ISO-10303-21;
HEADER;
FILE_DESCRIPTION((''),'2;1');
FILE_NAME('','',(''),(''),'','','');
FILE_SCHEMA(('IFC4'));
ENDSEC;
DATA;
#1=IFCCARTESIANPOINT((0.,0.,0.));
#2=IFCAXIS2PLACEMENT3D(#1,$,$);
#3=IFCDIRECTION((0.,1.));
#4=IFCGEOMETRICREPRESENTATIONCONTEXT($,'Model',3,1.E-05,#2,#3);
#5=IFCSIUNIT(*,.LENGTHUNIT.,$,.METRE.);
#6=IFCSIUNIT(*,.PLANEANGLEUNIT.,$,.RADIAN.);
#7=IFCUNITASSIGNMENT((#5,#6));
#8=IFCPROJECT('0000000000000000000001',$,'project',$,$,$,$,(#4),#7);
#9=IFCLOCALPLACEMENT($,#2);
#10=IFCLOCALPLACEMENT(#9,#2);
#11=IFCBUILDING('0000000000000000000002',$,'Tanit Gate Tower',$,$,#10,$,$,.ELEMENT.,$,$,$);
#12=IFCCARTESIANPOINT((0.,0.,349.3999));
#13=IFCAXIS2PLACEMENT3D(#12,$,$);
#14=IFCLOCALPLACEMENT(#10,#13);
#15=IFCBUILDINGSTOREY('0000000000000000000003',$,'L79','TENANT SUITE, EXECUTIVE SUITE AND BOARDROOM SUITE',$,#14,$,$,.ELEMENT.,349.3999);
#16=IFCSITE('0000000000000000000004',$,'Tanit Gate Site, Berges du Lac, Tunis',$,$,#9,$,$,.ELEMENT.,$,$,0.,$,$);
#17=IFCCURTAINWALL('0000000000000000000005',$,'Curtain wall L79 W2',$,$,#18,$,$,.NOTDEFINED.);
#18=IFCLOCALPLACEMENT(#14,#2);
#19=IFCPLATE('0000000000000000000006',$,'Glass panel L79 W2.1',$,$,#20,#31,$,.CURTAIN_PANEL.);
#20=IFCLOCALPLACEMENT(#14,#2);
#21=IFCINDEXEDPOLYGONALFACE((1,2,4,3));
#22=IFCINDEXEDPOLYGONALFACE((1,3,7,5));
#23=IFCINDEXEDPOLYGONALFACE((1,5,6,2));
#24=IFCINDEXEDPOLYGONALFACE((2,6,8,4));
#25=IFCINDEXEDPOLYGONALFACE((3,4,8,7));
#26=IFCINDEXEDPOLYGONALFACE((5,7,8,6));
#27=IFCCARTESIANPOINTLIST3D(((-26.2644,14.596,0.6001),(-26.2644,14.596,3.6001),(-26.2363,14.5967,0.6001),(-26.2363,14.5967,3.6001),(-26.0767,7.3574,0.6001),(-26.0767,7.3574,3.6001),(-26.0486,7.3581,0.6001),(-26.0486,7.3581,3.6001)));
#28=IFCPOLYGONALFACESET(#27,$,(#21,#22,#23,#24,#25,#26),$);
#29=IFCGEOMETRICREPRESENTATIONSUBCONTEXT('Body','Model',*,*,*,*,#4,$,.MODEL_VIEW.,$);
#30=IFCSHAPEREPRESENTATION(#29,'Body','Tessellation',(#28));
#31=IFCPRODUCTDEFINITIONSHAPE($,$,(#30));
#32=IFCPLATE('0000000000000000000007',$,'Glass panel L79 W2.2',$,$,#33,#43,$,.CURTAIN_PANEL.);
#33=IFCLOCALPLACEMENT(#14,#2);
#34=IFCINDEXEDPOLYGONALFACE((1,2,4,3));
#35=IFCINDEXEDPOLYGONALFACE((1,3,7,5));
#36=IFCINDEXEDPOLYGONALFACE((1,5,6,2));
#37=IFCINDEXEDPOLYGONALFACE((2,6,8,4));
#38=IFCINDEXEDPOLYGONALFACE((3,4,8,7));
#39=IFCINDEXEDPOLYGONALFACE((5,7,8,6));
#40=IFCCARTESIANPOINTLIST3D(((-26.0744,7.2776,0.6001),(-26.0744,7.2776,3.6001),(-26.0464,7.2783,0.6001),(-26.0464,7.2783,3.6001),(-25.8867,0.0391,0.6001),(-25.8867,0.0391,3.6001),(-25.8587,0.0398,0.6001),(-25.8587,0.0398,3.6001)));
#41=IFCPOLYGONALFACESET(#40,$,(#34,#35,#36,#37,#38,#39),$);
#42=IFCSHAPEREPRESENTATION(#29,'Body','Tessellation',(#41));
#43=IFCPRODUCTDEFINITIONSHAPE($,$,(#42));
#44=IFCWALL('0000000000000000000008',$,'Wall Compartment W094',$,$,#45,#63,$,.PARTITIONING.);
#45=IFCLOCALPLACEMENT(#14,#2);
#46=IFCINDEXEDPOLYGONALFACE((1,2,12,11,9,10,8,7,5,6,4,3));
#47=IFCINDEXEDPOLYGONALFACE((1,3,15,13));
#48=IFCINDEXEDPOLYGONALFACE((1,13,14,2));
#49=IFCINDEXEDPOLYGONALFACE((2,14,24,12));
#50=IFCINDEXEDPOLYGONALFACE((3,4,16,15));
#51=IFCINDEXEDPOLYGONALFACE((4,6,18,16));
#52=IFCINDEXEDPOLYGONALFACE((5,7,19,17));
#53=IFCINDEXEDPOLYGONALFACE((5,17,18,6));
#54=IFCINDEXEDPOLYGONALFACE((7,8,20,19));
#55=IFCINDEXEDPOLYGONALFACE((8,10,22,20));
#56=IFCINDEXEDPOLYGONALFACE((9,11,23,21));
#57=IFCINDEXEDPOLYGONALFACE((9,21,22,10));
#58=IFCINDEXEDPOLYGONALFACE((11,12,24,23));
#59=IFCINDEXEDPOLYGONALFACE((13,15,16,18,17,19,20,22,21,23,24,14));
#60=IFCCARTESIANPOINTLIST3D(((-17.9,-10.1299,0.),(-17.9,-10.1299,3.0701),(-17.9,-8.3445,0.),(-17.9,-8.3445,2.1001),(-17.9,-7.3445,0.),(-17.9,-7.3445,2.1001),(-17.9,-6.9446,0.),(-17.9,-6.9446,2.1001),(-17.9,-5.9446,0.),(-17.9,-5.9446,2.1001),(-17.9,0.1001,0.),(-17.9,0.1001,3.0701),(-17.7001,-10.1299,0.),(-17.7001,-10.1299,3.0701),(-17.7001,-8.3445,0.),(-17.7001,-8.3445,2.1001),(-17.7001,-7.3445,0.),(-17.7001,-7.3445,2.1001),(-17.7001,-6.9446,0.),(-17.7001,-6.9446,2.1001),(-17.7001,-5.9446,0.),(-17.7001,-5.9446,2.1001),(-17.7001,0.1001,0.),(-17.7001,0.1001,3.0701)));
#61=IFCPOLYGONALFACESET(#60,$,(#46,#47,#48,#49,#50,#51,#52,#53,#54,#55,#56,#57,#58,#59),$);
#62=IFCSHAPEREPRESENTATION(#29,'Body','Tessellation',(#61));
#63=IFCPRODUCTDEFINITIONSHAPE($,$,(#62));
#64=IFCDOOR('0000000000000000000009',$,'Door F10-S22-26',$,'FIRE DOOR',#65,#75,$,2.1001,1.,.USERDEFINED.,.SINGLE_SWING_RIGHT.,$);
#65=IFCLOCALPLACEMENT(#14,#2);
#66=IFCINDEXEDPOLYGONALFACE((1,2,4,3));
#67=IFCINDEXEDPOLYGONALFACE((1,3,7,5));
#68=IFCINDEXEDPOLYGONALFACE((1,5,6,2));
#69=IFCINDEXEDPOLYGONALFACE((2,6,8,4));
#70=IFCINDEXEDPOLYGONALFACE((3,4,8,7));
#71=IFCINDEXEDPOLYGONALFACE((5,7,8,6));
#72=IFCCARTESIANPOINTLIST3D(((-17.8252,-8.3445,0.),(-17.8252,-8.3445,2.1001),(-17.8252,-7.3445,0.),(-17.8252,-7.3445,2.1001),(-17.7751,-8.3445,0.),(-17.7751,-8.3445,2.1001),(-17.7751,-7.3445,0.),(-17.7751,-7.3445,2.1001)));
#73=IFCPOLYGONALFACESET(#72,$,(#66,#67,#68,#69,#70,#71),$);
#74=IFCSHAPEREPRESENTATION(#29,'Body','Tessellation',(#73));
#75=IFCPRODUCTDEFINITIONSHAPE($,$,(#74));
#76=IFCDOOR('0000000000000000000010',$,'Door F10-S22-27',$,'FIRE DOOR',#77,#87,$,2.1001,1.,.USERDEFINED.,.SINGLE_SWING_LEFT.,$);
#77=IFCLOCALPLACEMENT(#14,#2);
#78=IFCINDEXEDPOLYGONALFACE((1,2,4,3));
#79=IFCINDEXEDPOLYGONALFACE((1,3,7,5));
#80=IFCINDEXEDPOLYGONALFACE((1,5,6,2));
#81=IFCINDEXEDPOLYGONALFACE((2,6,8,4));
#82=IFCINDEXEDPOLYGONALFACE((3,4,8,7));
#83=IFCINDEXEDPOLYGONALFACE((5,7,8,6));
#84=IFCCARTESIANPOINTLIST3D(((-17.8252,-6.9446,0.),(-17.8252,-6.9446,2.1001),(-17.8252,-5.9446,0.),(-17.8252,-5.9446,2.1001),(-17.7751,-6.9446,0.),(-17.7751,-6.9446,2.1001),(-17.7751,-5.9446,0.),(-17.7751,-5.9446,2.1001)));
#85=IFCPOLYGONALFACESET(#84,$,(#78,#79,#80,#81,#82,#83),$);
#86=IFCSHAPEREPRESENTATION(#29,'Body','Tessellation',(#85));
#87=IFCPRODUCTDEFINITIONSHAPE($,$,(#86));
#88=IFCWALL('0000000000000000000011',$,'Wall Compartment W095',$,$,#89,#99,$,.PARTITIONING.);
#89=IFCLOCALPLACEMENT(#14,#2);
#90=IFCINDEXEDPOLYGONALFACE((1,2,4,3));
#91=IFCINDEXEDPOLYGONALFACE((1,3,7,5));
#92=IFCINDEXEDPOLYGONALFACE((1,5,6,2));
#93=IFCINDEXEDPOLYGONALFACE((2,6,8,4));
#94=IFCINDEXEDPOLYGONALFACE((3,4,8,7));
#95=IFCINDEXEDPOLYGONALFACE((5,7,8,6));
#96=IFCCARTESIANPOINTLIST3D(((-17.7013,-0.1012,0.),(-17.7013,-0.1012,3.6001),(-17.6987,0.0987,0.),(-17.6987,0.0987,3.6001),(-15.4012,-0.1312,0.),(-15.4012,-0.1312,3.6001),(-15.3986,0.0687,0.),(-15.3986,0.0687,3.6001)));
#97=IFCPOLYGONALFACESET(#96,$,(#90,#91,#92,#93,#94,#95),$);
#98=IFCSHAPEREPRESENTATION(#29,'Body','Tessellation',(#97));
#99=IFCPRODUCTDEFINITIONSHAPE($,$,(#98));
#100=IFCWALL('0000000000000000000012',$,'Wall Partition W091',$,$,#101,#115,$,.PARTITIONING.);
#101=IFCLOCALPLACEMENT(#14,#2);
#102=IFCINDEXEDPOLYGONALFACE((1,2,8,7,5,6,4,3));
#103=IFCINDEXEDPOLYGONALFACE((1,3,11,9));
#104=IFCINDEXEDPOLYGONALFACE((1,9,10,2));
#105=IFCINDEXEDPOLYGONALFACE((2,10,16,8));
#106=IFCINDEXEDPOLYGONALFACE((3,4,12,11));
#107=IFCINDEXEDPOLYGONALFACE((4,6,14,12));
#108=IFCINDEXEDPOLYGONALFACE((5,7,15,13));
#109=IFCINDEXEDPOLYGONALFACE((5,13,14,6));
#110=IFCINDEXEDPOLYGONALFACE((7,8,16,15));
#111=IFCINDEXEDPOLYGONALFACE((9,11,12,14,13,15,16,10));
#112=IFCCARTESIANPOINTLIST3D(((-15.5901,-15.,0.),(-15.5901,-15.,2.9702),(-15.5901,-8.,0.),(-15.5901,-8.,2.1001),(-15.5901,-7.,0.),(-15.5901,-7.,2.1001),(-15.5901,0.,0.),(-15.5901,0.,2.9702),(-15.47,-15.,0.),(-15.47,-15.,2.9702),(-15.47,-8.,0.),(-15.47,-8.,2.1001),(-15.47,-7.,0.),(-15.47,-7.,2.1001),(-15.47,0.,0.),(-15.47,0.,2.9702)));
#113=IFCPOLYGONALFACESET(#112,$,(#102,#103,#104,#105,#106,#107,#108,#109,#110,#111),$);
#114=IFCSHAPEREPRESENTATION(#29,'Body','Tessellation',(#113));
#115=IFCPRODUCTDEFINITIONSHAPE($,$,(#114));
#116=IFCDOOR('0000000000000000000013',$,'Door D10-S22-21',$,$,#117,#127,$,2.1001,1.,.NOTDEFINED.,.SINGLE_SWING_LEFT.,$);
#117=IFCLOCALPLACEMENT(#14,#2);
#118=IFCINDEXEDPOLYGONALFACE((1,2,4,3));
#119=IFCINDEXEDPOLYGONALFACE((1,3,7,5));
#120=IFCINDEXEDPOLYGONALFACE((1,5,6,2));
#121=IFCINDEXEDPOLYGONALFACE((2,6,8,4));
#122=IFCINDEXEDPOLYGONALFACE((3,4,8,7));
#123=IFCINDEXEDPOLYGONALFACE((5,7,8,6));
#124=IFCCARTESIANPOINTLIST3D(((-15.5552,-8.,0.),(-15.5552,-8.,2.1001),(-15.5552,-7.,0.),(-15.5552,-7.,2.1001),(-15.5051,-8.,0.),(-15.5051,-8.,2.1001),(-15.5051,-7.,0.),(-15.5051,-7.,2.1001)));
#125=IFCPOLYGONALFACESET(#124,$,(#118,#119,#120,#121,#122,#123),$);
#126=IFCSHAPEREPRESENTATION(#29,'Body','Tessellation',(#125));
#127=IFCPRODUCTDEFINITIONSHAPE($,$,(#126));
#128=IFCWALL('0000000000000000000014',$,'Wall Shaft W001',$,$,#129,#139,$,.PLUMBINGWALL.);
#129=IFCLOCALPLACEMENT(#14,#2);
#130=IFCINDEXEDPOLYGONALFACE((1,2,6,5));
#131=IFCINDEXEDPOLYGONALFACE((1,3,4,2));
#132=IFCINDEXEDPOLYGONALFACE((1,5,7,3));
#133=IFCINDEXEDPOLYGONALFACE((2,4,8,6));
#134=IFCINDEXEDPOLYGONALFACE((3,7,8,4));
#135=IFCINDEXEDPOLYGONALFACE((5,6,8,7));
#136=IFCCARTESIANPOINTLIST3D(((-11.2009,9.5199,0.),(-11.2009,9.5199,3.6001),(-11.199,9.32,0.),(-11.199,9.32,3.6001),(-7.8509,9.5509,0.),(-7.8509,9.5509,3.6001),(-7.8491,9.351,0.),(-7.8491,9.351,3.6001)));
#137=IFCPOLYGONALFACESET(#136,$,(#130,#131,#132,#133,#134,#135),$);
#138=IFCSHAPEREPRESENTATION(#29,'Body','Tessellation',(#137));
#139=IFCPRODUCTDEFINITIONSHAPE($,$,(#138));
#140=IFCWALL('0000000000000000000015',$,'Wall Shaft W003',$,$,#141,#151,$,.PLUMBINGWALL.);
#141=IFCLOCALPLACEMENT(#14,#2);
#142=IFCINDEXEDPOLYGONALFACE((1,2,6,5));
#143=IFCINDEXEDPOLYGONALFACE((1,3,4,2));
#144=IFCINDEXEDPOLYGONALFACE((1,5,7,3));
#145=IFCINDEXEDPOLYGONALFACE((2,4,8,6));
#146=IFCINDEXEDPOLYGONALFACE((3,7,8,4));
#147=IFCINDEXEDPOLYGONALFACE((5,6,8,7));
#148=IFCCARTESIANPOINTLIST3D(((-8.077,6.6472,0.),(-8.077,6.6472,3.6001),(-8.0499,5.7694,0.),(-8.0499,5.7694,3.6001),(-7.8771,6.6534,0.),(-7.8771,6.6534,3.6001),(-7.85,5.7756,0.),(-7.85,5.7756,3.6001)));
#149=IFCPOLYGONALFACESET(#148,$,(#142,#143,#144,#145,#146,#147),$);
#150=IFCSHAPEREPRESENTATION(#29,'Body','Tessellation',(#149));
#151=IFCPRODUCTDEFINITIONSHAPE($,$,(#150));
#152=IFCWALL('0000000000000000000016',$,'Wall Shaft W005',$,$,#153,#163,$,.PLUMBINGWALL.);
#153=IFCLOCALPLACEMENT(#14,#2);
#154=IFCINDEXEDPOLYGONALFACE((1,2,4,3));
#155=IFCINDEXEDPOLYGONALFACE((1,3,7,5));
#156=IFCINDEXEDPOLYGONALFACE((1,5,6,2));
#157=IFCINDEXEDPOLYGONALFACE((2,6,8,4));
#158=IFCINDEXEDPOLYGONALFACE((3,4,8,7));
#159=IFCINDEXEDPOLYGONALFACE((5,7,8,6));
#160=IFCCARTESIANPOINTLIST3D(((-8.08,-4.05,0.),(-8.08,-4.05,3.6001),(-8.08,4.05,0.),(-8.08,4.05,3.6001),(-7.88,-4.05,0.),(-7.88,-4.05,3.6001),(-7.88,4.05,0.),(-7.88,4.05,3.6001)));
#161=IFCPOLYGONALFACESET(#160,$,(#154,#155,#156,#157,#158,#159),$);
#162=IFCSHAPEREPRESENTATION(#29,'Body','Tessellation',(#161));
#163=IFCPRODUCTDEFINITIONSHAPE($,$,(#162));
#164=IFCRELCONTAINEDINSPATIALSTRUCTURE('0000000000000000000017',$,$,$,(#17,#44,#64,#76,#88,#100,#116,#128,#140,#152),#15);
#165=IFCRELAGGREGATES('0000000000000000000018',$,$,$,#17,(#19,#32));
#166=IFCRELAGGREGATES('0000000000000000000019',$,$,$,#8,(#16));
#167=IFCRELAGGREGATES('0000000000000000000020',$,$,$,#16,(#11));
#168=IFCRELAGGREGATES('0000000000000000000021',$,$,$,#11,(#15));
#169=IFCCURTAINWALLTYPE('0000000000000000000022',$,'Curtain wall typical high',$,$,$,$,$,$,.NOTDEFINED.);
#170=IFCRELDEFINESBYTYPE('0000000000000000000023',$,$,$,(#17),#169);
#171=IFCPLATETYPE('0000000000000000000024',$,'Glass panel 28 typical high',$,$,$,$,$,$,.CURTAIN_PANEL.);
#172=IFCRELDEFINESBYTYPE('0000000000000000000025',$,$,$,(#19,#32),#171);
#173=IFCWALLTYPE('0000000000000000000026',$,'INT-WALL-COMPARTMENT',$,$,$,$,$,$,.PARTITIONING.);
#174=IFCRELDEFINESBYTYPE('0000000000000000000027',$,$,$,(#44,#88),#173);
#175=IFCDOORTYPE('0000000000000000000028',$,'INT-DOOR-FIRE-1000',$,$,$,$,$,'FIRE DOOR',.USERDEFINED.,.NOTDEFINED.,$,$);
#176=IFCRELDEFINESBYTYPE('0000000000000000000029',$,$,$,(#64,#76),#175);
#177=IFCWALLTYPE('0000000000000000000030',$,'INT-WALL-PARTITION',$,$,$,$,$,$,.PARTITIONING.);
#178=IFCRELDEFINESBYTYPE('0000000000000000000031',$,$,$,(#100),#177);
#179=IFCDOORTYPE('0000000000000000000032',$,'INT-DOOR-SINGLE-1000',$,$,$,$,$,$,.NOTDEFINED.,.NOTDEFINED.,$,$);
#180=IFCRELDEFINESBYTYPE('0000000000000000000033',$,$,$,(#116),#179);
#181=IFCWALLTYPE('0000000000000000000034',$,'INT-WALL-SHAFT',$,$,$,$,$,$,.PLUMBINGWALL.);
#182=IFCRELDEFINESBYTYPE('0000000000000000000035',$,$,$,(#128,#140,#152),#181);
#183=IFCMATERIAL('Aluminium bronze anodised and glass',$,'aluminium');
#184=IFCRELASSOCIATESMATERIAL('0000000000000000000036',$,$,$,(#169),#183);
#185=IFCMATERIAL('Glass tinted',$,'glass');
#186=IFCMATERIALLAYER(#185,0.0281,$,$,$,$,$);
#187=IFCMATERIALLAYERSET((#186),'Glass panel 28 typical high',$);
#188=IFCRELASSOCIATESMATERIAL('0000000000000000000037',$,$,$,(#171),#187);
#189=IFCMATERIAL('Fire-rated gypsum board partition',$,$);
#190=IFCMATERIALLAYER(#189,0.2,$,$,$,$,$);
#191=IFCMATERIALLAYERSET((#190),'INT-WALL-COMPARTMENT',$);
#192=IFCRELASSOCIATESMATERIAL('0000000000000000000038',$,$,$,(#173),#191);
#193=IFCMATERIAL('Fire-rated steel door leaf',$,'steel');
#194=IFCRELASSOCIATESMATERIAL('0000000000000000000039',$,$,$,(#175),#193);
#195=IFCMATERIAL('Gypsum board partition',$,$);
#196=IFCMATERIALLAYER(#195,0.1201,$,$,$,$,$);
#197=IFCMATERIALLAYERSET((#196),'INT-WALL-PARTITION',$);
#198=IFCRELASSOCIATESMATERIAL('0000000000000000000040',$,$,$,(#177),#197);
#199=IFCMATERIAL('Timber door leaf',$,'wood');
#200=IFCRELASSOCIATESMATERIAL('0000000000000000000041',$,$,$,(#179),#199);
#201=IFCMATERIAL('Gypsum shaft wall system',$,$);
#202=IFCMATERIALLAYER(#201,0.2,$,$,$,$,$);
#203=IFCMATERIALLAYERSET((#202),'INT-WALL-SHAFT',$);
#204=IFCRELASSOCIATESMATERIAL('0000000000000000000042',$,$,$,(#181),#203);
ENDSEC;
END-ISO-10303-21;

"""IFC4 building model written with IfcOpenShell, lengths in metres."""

from ifc_helpers import new_model, si_unit, direction, frame, frame_2d, origin, origin_2d, place, context, subcontext, project, spatial, rectangle, extrude, material, layer, layer_set, type_object, element, fill, aggregate, save


model = new_model("IFC4")

# Units and contexts
model_context = context("Model", 3, precision=1e-05, world=origin(), true_north=direction((0.0, 1.0)))
body_context = subcontext(model_context, "Body", "Model", "MODEL_VIEW")
ifc_project = project(units=[si_unit("LENGTHUNIT", "METRE"), si_unit("PLANEANGLEUNIT", "RADIAN")], contexts=[model_context])

# Site, building, storey
site_placement = place(None, origin())
site = spatial("IfcSite", under=ifc_project, at=site_placement, Name="Tanit Gate Site, Berges du Lac, Tunis", CompositionType="ELEMENT", RefElevation=0.0)
building_placement = place(site_placement, origin())
building = spatial("IfcBuilding", under=site, at=building_placement, Name="Tanit Gate Tower", CompositionType="ELEMENT")
storey_placement = place(building_placement, frame((0.0, 0.0, 349.3999)))
storey = spatial("IfcBuildingStorey", under=building, at=storey_placement, Name="L79", Description="TENANT SUITE, EXECUTIVE SUITE AND BOARDROOM SUITE", CompositionType="ELEMENT", Elevation=349.3999)

# Curtain wall
ifc_material_1 = material(Name="Aluminium bronze anodised and glass", Category="aluminium")
curtain_wall_type = type_object("IfcCurtainWallType", Name="Curtain wall typical high", PredefinedType="NOTDEFINED", material=ifc_material_1)
curtain_wall_placement = place(storey_placement, origin())
curtain_wall = element("IfcCurtainWall", 1, at=curtain_wall_placement, inside=storey, type_object=curtain_wall_type, Name="Curtain wall L79 W2", PredefinedType="NOTDEFINED")

# Plates
ifc_material_2 = material(Name="Glass tinted", Category="glass")
ifc_layer_1 = layer(ifc_material_2, 0.0281)
ifc_layer_set_1 = layer_set([ifc_layer_1], Name="Glass panel 28 typical high")
plate_type = type_object("IfcPlateType", Name="Glass panel 28 typical high", PredefinedType="CURTAIN_PANEL", material=ifc_layer_set_1)
plate_1_placement = place(storey_placement, frame((-26.1565, 10.9771, 0.6001), z_axis=(0.0, 0.0, 1.0), x_axis=(0.025924, -0.999664, 0.0)))
plate_1 = element("IfcPlate", 2, at=plate_1_placement, type_object=plate_type, Name="Glass panel L79 W2.1", PredefinedType="CURTAIN_PANEL", context=body_context, shape_type="SweptSolid", body=[
    extrude(rectangle(XDim=7.241, YDim=0.0281, at=origin_2d()), origin(), (0.0, 0.0, 1.0), 3.0),
])
plate_2_placement = place(storey_placement, frame((-25.9666, 3.6587, 0.6001), z_axis=(0.0, 0.0, 1.0), x_axis=(0.025924, -0.999664, 0.0)))
plate_2 = element("IfcPlate", 3, at=plate_2_placement, type_object=plate_type, Name="Glass panel L79 W2.2", PredefinedType="CURTAIN_PANEL", context=body_context, shape_type="SweptSolid", body=[
    extrude(rectangle(XDim=7.241, YDim=0.0281, at=origin_2d()), origin(), (0.0, 0.0, 1.0), 3.0),
])
aggregate(curtain_wall, [plate_1, plate_2])

# Wall, openings, doors
ifc_material_3 = material(Name="Fire-rated gypsum board partition")
ifc_layer_2 = layer(ifc_material_3, 0.2)
ifc_layer_set_2 = layer_set([ifc_layer_2], Name="INT-WALL-COMPARTMENT")
wall_type_1 = type_object("IfcWallType", Name="INT-WALL-COMPARTMENT", PredefinedType="PARTITIONING", material=ifc_layer_set_2)
wall_1_placement = place(storey_placement, frame((-17.8, 0.1001, 0.0), z_axis=(0.0, 0.0, 1.0), x_axis=(0.0, -1.0, 0.0)))
wall_1 = element("IfcWall", 4, at=wall_1_placement, inside=storey, type_object=wall_type_1, Name="Wall Compartment W094", PredefinedType="PARTITIONING", context=body_context, shape_type="SweptSolid", body=[
    extrude(rectangle(XDim=10.23, YDim=0.2, at=frame_2d((5.115, 0.0))), origin(), (0.0, 0.0, 1.0), 3.0701),
])
opening_1_placement = place(wall_1_placement, frame((7.4446, 0.0, 0.0)))
opening_1 = element("IfcOpeningElement", 5, at=opening_1_placement, cuts=wall_1, PredefinedType="OPENING", context=body_context, shape_type="SweptSolid", body=[
    extrude(rectangle(XDim=1.0, YDim=2.1001, at=frame_2d((0.5, 1.05))), frame((0.0, 0.1099, 0.0), z_axis=(0.0, -1.0, 0.0), x_axis=(1.0, 0.0, 0.0)), (0.0, 0.0, 1.0), 0.22),
])
opening_2_placement = place(wall_1_placement, frame((6.0447, 0.0, 0.0)))
opening_2 = element("IfcOpeningElement", 6, at=opening_2_placement, cuts=wall_1, PredefinedType="OPENING", context=body_context, shape_type="SweptSolid", body=[
    extrude(rectangle(XDim=1.0, YDim=2.1001, at=frame_2d((0.5, 1.05))), frame((0.0, 0.1099, 0.0), z_axis=(0.0, -1.0, 0.0), x_axis=(1.0, 0.0, 0.0)), (0.0, 0.0, 1.0), 0.22),
])
ifc_material_4 = material(Name="Fire-rated steel door leaf", Category="steel")
door_type_1 = type_object("IfcDoorType", Name="INT-DOOR-FIRE-1000", ElementType="FIRE DOOR", OperationType="NOTDEFINED", PredefinedType="USERDEFINED", material=ifc_material_4)
door_1_placement = place(opening_1_placement, origin())
door_1 = element("IfcDoor", 7, at=door_1_placement, inside=storey, type_object=door_type_1, Name="Door F10-S22-26", ObjectType="FIRE DOOR", OperationType="SINGLE_SWING_RIGHT", OverallHeight=2.1001, OverallWidth=1.0, PredefinedType="USERDEFINED", context=body_context, shape_type="SweptSolid", body=[
    extrude(rectangle(XDim=1.0, YDim=2.1001, at=frame_2d((0.5, 1.05))), frame((0.0, 0.0249, 0.0), z_axis=(0.0, -1.0, 0.0), x_axis=(1.0, 0.0, 0.0)), (0.0, 0.0, 1.0), 0.05),
])
fill(opening_1, door_1)
door_2_placement = place(opening_2_placement, origin())
door_2 = element("IfcDoor", 8, at=door_2_placement, inside=storey, type_object=door_type_1, Name="Door F10-S22-27", ObjectType="FIRE DOOR", OperationType="SINGLE_SWING_LEFT", OverallHeight=2.1001, OverallWidth=1.0, PredefinedType="USERDEFINED", context=body_context, shape_type="SweptSolid", body=[
    extrude(rectangle(XDim=1.0, YDim=2.1001, at=frame_2d((0.5, 1.05))), frame((0.0, 0.0249, 0.0), z_axis=(0.0, -1.0, 0.0), x_axis=(1.0, 0.0, 0.0)), (0.0, 0.0, 1.0), 0.05),
])
fill(opening_2, door_2)

# Wall
wall_2_placement = place(storey_placement, frame((-15.3999, -0.0312, 0.0), z_axis=(0.0, 0.0, 1.0), x_axis=(-0.999915, 0.013055, 0.0)))
element("IfcWall", 9, at=wall_2_placement, inside=storey, type_object=wall_type_1, Name="Wall Compartment W095", PredefinedType="PARTITIONING", context=body_context, shape_type="SweptSolid", body=[
    extrude(rectangle(XDim=2.3003, YDim=0.2, at=frame_2d((1.1501, 0.0))), origin(), (0.0, 0.0, 1.0), 3.6001),
])

# Wall, opening, door
ifc_material_5 = material(Name="Gypsum board partition")
ifc_layer_3 = layer(ifc_material_5, 0.1201)
ifc_layer_set_3 = layer_set([ifc_layer_3], Name="INT-WALL-PARTITION")
wall_type_2 = type_object("IfcWallType", Name="INT-WALL-PARTITION", PredefinedType="PARTITIONING", material=ifc_layer_set_3)
wall_3_placement = place(storey_placement, frame((-15.53, 0.0, 0.0), z_axis=(0.0, 0.0, 1.0), x_axis=(0.0, -1.0, 0.0)))
wall_3 = element("IfcWall", 10, at=wall_3_placement, inside=storey, type_object=wall_type_2, Name="Wall Partition W091", PredefinedType="PARTITIONING", context=body_context, shape_type="SweptSolid", body=[
    extrude(rectangle(XDim=15.0, YDim=0.1201, at=frame_2d((7.5, 0.0))), origin(), (0.0, 0.0, 1.0), 2.9702),
])
opening_3_placement = place(wall_3_placement, frame((7.0, 0.0, 0.0)))
opening_3 = element("IfcOpeningElement", 11, at=opening_3_placement, cuts=wall_3, PredefinedType="OPENING", context=body_context, shape_type="SweptSolid", body=[
    extrude(rectangle(XDim=1.0, YDim=2.1001, at=frame_2d((0.5, 1.05))), frame((0.0, 0.0701, 0.0), z_axis=(0.0, -1.0, 0.0), x_axis=(1.0, 0.0, 0.0)), (0.0, 0.0, 1.0), 0.1401),
])
ifc_material_6 = material(Name="Timber door leaf", Category="wood")
door_type_2 = type_object("IfcDoorType", Name="INT-DOOR-SINGLE-1000", OperationType="NOTDEFINED", PredefinedType="NOTDEFINED", material=ifc_material_6)
door_3_placement = place(opening_3_placement, origin())
door_3 = element("IfcDoor", 12, at=door_3_placement, inside=storey, type_object=door_type_2, Name="Door D10-S22-21", OperationType="SINGLE_SWING_LEFT", OverallHeight=2.1001, OverallWidth=1.0, PredefinedType="NOTDEFINED", context=body_context, shape_type="SweptSolid", body=[
    extrude(rectangle(XDim=1.0, YDim=2.1001, at=frame_2d((0.5, 1.05))), frame((0.0, 0.0249, 0.0), z_axis=(0.0, -1.0, 0.0), x_axis=(1.0, 0.0, 0.0)), (0.0, 0.0, 1.0), 0.05),
])
fill(opening_3, door_3)

# Walls
ifc_material_7 = material(Name="Gypsum shaft wall system")
ifc_layer_4 = layer(ifc_material_7, 0.2)
ifc_layer_set_4 = layer_set([ifc_layer_4], Name="INT-WALL-SHAFT")
wall_type_3 = type_object("IfcWallType", Name="INT-WALL-SHAFT", PredefinedType="PLUMBINGWALL", material=ifc_layer_set_4)
wall_4_placement = place(storey_placement, frame((-11.2, 9.4199, 0.0), z_axis=(0.0, 0.0, 1.0), x_axis=(0.999957, 0.009255, 0.0)))
element("IfcWall", 13, at=wall_4_placement, inside=storey, type_object=wall_type_3, Name="Wall Shaft W001", PredefinedType="PLUMBINGWALL", context=body_context, shape_type="SweptSolid", body=[
    extrude(rectangle(XDim=3.3501, YDim=0.2, at=frame_2d((1.675, 0.0))), origin(), (0.0, 0.0, 1.0), 3.6001),
])
wall_5_placement = place(storey_placement, frame((-7.9771, 6.6501, 0.0), z_axis=(0.0, 0.0, 1.0), x_axis=(0.030862, -0.999524, 0.0)))
element("IfcWall", 14, at=wall_5_placement, inside=storey, type_object=wall_type_3, Name="Wall Shaft W003", PredefinedType="PLUMBINGWALL", context=body_context, shape_type="SweptSolid", body=[
    extrude(rectangle(XDim=0.8782, YDim=0.2, at=frame_2d((0.439, 0.0))), origin(), (0.0, 0.0, 1.0), 3.6001),
])
wall_6_placement = place(storey_placement, frame((-7.98, 4.05, 0.0), z_axis=(0.0, 0.0, 1.0), x_axis=(0.0, -1.0, 0.0)))
element("IfcWall", 15, at=wall_6_placement, inside=storey, type_object=wall_type_3, Name="Wall Shaft W005", PredefinedType="PLUMBINGWALL", context=body_context, shape_type="SweptSolid", body=[
    extrude(rectangle(XDim=8.1001, YDim=0.2, at=frame_2d((4.05, 0.0))), origin(), (0.0, 0.0, 1.0), 3.6001),
])

save(model, "model.ifc")
